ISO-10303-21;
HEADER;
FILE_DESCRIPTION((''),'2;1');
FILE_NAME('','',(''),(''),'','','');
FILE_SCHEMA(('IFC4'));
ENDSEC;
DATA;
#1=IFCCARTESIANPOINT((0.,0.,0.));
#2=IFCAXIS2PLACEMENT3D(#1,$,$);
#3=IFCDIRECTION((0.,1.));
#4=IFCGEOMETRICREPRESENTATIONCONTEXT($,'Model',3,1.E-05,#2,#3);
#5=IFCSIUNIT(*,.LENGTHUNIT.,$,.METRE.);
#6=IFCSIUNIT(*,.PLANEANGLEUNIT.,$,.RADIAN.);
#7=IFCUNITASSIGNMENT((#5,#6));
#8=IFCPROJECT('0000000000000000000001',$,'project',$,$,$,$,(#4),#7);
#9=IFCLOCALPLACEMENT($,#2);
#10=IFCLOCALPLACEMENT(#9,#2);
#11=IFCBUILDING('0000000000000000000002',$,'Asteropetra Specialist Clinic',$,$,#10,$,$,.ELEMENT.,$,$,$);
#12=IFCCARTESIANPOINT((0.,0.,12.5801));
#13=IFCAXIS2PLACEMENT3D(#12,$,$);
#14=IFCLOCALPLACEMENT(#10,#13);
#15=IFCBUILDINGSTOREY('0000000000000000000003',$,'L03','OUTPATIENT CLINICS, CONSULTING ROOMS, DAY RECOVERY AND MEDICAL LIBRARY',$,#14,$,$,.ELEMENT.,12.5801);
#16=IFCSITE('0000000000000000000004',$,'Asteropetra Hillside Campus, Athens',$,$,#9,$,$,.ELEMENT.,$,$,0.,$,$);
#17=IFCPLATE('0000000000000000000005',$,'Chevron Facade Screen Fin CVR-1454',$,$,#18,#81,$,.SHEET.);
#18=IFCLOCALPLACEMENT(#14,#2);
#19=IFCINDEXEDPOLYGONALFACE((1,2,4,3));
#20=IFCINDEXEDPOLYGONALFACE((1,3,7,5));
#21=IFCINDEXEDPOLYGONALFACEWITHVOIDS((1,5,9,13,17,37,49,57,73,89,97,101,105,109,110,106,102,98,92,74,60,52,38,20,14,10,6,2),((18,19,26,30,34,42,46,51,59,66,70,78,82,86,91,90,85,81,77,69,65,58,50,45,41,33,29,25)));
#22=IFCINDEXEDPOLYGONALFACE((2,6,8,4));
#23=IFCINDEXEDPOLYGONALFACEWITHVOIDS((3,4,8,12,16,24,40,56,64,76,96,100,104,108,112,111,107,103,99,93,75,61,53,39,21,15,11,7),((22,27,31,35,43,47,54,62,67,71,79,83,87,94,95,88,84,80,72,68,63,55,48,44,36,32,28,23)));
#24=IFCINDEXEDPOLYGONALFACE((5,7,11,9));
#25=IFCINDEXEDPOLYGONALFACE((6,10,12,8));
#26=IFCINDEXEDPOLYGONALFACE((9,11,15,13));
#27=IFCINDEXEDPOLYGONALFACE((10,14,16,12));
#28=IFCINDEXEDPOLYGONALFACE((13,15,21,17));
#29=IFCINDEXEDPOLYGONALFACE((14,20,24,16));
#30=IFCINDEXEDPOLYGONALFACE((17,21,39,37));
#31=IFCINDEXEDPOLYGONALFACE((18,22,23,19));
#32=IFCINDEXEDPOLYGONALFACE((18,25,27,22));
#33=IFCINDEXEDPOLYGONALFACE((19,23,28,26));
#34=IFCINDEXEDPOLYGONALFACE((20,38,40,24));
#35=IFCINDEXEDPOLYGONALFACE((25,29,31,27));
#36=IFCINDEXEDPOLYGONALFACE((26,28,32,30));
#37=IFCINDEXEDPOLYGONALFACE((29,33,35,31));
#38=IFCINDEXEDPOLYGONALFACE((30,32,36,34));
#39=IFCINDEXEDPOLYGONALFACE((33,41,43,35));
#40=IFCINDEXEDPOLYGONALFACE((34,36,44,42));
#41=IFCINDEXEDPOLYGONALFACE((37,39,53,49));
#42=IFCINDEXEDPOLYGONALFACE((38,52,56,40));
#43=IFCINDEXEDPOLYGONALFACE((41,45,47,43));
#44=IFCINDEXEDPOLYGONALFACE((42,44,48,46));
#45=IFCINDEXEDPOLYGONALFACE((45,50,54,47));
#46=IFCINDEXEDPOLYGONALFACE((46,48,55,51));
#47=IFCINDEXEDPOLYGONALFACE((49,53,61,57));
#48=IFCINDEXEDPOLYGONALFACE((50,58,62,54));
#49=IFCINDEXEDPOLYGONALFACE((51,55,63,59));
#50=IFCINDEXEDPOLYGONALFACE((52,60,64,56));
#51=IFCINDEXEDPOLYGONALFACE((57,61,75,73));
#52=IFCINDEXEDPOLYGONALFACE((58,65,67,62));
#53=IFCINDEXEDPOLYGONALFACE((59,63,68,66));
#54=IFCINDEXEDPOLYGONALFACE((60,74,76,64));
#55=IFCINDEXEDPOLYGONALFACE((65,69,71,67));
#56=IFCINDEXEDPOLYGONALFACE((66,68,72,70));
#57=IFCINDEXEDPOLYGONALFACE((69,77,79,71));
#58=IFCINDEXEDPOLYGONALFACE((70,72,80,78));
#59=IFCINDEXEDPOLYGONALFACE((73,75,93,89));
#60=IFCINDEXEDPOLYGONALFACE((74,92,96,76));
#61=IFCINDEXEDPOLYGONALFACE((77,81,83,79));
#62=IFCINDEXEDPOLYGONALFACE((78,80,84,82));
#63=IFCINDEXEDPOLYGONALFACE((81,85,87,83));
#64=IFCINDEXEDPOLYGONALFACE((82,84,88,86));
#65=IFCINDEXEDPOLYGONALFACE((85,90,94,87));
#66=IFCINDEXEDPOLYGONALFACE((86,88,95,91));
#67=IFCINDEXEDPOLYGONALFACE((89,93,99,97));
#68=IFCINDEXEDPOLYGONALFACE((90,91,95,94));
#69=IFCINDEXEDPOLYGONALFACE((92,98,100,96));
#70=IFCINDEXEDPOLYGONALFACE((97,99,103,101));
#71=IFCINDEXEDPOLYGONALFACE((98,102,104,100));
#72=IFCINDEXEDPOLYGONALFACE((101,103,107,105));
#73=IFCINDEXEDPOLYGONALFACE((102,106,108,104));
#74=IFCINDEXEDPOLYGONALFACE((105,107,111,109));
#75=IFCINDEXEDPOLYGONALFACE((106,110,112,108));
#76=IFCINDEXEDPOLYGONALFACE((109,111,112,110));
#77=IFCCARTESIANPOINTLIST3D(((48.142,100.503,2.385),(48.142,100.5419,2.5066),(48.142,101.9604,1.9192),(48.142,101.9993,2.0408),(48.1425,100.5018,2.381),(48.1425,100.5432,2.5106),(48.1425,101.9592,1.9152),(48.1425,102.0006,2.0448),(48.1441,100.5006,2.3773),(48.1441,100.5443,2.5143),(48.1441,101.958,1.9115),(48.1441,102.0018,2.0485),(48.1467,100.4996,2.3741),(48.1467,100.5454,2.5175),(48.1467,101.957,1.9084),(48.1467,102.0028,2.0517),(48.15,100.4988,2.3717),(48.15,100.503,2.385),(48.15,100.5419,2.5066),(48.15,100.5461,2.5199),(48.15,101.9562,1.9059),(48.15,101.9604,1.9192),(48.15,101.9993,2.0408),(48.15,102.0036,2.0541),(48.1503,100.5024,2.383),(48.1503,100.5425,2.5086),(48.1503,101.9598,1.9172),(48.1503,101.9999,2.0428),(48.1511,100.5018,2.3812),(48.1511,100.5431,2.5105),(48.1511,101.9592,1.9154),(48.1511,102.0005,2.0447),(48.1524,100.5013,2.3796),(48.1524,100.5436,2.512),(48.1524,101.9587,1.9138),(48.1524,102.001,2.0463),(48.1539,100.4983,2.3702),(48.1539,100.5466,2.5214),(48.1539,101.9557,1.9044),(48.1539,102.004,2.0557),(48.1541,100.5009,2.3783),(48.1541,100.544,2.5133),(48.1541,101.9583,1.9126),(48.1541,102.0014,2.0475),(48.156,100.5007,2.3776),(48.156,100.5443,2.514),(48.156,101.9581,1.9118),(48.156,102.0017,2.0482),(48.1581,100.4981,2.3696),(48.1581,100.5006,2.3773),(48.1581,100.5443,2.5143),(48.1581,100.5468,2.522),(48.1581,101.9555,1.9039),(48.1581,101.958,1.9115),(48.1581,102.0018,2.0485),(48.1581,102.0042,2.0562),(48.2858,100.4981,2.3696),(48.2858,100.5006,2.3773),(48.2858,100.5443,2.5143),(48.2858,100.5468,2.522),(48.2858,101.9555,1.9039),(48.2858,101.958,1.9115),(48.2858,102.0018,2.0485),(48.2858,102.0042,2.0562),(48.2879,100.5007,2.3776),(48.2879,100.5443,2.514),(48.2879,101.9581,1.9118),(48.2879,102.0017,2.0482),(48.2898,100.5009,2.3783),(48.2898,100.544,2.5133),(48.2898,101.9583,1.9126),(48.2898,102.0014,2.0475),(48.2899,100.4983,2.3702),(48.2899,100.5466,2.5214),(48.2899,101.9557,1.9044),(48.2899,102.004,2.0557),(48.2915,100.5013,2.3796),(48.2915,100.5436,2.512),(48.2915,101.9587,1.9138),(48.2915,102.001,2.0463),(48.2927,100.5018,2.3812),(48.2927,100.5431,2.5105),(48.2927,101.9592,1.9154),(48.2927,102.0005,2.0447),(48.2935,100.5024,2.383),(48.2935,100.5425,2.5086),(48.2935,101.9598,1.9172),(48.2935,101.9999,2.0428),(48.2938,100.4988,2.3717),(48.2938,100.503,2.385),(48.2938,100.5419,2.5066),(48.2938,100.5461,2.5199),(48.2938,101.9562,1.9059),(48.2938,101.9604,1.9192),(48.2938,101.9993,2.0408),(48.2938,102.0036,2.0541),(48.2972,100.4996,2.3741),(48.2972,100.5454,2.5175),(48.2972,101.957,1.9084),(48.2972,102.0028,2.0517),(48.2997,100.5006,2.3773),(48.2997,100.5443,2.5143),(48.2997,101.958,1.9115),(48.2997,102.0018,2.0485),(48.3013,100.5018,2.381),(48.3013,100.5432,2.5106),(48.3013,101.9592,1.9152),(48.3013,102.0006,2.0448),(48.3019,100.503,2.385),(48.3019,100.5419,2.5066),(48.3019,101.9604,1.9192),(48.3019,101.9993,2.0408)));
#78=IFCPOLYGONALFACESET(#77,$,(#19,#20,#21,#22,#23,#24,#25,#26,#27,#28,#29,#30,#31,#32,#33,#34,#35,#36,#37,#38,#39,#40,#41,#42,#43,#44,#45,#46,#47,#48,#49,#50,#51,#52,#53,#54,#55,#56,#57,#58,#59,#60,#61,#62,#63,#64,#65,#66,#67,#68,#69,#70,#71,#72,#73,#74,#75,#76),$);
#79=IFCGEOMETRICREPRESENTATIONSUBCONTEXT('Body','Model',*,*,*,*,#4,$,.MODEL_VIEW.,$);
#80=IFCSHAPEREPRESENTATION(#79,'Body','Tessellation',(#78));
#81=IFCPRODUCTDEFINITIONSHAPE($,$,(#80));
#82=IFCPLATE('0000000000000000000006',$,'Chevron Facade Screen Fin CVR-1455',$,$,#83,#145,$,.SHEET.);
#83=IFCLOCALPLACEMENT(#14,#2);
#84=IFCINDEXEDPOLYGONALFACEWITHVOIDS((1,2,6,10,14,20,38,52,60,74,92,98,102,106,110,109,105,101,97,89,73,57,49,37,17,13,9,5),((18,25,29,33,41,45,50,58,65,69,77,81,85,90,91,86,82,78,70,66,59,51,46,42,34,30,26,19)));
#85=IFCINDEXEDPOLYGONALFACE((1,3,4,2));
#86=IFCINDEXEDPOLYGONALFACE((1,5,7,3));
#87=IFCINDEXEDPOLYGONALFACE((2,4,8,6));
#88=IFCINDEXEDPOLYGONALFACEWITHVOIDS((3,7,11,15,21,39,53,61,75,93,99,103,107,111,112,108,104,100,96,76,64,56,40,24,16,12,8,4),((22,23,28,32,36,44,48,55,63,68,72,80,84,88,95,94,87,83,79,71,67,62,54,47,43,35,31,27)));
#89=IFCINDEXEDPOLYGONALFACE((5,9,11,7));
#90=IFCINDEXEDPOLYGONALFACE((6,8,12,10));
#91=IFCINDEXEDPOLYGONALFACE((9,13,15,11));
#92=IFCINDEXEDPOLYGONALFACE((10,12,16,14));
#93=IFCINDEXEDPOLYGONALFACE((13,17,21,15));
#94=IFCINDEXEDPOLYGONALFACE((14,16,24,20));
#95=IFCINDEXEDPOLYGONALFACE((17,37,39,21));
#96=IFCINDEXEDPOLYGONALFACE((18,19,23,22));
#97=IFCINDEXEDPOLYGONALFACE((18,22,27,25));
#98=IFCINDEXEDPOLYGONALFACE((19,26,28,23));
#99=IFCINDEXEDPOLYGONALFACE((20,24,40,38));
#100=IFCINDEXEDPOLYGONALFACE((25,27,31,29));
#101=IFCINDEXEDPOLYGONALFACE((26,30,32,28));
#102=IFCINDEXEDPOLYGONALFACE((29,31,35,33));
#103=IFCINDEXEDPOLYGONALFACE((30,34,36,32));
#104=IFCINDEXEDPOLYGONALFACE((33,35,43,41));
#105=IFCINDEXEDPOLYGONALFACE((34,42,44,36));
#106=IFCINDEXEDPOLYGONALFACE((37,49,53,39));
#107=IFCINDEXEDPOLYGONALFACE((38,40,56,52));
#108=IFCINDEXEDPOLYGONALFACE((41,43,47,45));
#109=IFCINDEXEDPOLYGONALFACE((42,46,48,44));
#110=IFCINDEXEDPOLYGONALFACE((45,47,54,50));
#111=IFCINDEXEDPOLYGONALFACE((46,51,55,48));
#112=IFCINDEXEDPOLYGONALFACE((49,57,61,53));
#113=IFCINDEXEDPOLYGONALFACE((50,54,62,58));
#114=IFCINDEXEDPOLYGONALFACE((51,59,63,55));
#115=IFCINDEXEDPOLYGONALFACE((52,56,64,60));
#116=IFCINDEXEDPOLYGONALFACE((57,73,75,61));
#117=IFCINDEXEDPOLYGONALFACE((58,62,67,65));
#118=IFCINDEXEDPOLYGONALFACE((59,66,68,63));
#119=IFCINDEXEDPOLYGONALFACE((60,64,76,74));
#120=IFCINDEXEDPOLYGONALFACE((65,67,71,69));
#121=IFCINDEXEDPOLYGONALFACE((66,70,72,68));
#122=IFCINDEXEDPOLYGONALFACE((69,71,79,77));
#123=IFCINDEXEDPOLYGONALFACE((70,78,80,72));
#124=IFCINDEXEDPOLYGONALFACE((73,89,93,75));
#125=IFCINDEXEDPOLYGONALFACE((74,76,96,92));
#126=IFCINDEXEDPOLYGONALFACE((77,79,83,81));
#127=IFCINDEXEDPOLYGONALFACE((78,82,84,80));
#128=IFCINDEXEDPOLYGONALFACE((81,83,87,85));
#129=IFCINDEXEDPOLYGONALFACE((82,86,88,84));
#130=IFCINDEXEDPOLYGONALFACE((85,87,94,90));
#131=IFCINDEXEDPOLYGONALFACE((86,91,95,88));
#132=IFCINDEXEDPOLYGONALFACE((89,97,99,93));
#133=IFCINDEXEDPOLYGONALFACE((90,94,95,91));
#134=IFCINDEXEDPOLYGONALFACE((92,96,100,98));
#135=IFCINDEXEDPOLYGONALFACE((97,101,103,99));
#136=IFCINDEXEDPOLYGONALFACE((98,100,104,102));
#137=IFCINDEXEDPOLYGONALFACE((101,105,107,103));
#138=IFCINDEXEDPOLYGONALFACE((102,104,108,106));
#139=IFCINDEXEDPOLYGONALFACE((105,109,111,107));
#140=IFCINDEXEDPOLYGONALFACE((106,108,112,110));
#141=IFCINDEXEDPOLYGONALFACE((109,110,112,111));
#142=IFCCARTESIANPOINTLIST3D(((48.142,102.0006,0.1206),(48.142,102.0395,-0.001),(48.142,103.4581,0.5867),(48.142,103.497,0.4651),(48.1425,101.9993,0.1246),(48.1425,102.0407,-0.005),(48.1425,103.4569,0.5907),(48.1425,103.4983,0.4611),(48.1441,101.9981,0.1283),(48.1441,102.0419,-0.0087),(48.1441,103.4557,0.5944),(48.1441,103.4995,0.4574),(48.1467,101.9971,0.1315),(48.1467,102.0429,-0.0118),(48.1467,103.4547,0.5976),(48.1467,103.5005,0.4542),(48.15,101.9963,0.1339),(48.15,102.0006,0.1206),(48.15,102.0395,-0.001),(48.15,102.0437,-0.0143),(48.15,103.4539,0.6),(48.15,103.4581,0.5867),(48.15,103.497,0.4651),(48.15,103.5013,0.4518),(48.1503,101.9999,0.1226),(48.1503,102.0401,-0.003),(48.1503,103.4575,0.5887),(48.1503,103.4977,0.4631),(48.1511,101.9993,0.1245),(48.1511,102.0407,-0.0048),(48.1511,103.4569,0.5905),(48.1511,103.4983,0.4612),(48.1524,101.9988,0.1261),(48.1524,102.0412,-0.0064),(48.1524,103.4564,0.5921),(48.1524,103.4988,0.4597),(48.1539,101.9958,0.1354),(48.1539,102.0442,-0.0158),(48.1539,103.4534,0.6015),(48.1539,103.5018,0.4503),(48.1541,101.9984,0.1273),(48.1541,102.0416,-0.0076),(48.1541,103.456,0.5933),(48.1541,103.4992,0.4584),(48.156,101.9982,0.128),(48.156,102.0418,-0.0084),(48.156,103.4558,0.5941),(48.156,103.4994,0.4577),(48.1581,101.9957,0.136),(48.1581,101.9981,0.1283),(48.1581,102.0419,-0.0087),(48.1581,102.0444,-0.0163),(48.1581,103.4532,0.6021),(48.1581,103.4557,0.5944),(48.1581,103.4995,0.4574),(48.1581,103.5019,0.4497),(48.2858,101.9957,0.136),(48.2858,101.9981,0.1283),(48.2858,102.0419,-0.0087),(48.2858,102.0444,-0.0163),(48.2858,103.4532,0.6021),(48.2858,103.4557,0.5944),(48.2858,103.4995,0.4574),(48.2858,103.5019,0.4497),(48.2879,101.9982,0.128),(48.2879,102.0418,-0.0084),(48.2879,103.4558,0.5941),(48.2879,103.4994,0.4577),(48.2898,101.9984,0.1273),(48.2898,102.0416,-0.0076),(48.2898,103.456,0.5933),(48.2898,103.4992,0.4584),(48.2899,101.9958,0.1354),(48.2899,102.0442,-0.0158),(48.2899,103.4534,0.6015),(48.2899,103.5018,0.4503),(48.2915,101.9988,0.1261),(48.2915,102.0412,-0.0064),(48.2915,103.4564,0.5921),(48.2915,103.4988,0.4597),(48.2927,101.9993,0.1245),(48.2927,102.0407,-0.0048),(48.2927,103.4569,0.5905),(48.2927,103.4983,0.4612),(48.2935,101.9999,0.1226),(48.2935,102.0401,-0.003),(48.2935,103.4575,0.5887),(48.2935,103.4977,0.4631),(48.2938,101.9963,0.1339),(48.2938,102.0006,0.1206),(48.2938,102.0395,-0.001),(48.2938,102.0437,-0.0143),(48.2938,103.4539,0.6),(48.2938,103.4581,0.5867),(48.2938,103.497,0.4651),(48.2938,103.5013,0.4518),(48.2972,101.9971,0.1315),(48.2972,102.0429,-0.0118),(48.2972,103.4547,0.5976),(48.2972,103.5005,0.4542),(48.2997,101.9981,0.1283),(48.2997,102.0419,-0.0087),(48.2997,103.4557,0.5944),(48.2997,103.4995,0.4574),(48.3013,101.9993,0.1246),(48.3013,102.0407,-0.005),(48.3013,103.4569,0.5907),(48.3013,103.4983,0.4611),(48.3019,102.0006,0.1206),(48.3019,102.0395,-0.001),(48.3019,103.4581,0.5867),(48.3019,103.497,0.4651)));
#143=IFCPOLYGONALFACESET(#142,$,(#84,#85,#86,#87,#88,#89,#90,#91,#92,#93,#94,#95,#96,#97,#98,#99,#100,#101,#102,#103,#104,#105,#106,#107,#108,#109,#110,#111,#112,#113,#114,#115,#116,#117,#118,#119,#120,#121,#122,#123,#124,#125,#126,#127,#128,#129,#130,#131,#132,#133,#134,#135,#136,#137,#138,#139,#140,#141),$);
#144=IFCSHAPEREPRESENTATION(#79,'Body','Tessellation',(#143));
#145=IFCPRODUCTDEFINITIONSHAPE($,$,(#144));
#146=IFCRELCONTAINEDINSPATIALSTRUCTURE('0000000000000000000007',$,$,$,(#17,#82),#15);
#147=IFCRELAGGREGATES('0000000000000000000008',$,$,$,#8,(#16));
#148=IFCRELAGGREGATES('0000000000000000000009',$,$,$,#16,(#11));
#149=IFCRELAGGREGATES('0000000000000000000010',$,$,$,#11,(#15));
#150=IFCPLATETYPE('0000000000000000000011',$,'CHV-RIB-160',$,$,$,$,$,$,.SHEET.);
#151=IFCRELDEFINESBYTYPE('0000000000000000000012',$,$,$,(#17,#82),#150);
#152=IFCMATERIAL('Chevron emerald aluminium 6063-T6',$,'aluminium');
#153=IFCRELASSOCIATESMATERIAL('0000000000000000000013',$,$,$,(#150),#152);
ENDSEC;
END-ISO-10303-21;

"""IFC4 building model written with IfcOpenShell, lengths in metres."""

from ifc_helpers import new_model, si_unit, direction, frame, origin, origin_2d, place, context, subcontext, project, spatial, hollow_rectangle, extrude, material, material_profile, profile_set, type_object, element, save


model = new_model("IFC4")

# Units and contexts
model_context = context("Model", 3, precision=1e-05, world=origin(), true_north=direction((0.0, 1.0)))
body_context = subcontext(model_context, "Body", "Model", "MODEL_VIEW")
ifc_project = project(units=[si_unit("LENGTHUNIT", "METRE"), si_unit("PLANEANGLEUNIT", "RADIAN")], contexts=[model_context])

# Site, building, storey
site_placement = place(None, origin())
site = spatial("IfcSite", under=ifc_project, at=site_placement, Name="Asteropetra Hillside Campus, Athens", CompositionType="ELEMENT", RefElevation=0.0)
building_placement = place(site_placement, origin())
building = spatial("IfcBuilding", under=site, at=building_placement, Name="Asteropetra Specialist Clinic", CompositionType="ELEMENT")
storey_placement = place(building_placement, frame((0.0, 0.0, 12.5801)))
storey = spatial("IfcBuildingStorey", under=building, at=storey_placement, Name="L03", Description="OUTPATIENT CLINICS, CONSULTING ROOMS, DAY RECOVERY AND MEDICAL LIBRARY", CompositionType="ELEMENT", Elevation=12.5801)

# Plates
ifc_material_1 = material(Name="Chevron emerald aluminium 6063-T6", Category="aluminium")
ifc_material_profile_1 = material_profile(ifc_material_1, hollow_rectangle(XDim=0.1599, YDim=0.1599, WallThickness=0.0081, InnerFilletRadius=0.0081, OuterFilletRadius=0.0161, at=origin_2d()), Name="SHS 160x160x8.0")
ifc_profile_set_1 = profile_set([ifc_material_profile_1], Name="Chevron emerald aluminium 6063-T6")
plate_type = type_object("IfcPlateType", Name="CHV-RIB-160", PredefinedType="SHEET", material=ifc_profile_set_1)
for number, where, z_axis, x_axis, name in (
    (1, (48.2219, 100.5225, 2.4458), (0.0, 0.952535, -0.304428), (-1.0, 0.0, 0.0), "Chevron Facade Screen Fin CVR-1454"),
):
    element("IfcPlate", number, at=place(storey_placement, frame(where, z_axis=z_axis, x_axis=x_axis)), inside=storey, type_object=plate_type, Name=name, PredefinedType="SHEET", context=body_context, shape_type="SweptSolid", body=[
        extrude(hollow_rectangle(XDim=0.1599, YDim=0.1599, WallThickness=0.0081, InnerFilletRadius=0.0081, OuterFilletRadius=0.0161, at=origin_2d()), origin(), (0.0, 0.0, 1.0), 1.53),
    ])
for number, where, z_axis, x_axis, name in (
    (2, (48.2219, 102.02, 0.0598), (0.0, 0.952489, 0.304573), (-1.0, 0.0, 0.0), "Chevron Facade Screen Fin CVR-1455"),
):
    element("IfcPlate", number, at=place(storey_placement, frame(where, z_axis=z_axis, x_axis=x_axis)), inside=storey, type_object=plate_type, Name=name, PredefinedType="SHEET", context=body_context, shape_type="SweptSolid", body=[
        extrude(hollow_rectangle(XDim=0.1599, YDim=0.1599, WallThickness=0.0081, InnerFilletRadius=0.0081, OuterFilletRadius=0.0161, at=origin_2d()), origin(), (0.0, 0.0, 1.0), 1.5303),
    ])

save(model, "model.ifc")
